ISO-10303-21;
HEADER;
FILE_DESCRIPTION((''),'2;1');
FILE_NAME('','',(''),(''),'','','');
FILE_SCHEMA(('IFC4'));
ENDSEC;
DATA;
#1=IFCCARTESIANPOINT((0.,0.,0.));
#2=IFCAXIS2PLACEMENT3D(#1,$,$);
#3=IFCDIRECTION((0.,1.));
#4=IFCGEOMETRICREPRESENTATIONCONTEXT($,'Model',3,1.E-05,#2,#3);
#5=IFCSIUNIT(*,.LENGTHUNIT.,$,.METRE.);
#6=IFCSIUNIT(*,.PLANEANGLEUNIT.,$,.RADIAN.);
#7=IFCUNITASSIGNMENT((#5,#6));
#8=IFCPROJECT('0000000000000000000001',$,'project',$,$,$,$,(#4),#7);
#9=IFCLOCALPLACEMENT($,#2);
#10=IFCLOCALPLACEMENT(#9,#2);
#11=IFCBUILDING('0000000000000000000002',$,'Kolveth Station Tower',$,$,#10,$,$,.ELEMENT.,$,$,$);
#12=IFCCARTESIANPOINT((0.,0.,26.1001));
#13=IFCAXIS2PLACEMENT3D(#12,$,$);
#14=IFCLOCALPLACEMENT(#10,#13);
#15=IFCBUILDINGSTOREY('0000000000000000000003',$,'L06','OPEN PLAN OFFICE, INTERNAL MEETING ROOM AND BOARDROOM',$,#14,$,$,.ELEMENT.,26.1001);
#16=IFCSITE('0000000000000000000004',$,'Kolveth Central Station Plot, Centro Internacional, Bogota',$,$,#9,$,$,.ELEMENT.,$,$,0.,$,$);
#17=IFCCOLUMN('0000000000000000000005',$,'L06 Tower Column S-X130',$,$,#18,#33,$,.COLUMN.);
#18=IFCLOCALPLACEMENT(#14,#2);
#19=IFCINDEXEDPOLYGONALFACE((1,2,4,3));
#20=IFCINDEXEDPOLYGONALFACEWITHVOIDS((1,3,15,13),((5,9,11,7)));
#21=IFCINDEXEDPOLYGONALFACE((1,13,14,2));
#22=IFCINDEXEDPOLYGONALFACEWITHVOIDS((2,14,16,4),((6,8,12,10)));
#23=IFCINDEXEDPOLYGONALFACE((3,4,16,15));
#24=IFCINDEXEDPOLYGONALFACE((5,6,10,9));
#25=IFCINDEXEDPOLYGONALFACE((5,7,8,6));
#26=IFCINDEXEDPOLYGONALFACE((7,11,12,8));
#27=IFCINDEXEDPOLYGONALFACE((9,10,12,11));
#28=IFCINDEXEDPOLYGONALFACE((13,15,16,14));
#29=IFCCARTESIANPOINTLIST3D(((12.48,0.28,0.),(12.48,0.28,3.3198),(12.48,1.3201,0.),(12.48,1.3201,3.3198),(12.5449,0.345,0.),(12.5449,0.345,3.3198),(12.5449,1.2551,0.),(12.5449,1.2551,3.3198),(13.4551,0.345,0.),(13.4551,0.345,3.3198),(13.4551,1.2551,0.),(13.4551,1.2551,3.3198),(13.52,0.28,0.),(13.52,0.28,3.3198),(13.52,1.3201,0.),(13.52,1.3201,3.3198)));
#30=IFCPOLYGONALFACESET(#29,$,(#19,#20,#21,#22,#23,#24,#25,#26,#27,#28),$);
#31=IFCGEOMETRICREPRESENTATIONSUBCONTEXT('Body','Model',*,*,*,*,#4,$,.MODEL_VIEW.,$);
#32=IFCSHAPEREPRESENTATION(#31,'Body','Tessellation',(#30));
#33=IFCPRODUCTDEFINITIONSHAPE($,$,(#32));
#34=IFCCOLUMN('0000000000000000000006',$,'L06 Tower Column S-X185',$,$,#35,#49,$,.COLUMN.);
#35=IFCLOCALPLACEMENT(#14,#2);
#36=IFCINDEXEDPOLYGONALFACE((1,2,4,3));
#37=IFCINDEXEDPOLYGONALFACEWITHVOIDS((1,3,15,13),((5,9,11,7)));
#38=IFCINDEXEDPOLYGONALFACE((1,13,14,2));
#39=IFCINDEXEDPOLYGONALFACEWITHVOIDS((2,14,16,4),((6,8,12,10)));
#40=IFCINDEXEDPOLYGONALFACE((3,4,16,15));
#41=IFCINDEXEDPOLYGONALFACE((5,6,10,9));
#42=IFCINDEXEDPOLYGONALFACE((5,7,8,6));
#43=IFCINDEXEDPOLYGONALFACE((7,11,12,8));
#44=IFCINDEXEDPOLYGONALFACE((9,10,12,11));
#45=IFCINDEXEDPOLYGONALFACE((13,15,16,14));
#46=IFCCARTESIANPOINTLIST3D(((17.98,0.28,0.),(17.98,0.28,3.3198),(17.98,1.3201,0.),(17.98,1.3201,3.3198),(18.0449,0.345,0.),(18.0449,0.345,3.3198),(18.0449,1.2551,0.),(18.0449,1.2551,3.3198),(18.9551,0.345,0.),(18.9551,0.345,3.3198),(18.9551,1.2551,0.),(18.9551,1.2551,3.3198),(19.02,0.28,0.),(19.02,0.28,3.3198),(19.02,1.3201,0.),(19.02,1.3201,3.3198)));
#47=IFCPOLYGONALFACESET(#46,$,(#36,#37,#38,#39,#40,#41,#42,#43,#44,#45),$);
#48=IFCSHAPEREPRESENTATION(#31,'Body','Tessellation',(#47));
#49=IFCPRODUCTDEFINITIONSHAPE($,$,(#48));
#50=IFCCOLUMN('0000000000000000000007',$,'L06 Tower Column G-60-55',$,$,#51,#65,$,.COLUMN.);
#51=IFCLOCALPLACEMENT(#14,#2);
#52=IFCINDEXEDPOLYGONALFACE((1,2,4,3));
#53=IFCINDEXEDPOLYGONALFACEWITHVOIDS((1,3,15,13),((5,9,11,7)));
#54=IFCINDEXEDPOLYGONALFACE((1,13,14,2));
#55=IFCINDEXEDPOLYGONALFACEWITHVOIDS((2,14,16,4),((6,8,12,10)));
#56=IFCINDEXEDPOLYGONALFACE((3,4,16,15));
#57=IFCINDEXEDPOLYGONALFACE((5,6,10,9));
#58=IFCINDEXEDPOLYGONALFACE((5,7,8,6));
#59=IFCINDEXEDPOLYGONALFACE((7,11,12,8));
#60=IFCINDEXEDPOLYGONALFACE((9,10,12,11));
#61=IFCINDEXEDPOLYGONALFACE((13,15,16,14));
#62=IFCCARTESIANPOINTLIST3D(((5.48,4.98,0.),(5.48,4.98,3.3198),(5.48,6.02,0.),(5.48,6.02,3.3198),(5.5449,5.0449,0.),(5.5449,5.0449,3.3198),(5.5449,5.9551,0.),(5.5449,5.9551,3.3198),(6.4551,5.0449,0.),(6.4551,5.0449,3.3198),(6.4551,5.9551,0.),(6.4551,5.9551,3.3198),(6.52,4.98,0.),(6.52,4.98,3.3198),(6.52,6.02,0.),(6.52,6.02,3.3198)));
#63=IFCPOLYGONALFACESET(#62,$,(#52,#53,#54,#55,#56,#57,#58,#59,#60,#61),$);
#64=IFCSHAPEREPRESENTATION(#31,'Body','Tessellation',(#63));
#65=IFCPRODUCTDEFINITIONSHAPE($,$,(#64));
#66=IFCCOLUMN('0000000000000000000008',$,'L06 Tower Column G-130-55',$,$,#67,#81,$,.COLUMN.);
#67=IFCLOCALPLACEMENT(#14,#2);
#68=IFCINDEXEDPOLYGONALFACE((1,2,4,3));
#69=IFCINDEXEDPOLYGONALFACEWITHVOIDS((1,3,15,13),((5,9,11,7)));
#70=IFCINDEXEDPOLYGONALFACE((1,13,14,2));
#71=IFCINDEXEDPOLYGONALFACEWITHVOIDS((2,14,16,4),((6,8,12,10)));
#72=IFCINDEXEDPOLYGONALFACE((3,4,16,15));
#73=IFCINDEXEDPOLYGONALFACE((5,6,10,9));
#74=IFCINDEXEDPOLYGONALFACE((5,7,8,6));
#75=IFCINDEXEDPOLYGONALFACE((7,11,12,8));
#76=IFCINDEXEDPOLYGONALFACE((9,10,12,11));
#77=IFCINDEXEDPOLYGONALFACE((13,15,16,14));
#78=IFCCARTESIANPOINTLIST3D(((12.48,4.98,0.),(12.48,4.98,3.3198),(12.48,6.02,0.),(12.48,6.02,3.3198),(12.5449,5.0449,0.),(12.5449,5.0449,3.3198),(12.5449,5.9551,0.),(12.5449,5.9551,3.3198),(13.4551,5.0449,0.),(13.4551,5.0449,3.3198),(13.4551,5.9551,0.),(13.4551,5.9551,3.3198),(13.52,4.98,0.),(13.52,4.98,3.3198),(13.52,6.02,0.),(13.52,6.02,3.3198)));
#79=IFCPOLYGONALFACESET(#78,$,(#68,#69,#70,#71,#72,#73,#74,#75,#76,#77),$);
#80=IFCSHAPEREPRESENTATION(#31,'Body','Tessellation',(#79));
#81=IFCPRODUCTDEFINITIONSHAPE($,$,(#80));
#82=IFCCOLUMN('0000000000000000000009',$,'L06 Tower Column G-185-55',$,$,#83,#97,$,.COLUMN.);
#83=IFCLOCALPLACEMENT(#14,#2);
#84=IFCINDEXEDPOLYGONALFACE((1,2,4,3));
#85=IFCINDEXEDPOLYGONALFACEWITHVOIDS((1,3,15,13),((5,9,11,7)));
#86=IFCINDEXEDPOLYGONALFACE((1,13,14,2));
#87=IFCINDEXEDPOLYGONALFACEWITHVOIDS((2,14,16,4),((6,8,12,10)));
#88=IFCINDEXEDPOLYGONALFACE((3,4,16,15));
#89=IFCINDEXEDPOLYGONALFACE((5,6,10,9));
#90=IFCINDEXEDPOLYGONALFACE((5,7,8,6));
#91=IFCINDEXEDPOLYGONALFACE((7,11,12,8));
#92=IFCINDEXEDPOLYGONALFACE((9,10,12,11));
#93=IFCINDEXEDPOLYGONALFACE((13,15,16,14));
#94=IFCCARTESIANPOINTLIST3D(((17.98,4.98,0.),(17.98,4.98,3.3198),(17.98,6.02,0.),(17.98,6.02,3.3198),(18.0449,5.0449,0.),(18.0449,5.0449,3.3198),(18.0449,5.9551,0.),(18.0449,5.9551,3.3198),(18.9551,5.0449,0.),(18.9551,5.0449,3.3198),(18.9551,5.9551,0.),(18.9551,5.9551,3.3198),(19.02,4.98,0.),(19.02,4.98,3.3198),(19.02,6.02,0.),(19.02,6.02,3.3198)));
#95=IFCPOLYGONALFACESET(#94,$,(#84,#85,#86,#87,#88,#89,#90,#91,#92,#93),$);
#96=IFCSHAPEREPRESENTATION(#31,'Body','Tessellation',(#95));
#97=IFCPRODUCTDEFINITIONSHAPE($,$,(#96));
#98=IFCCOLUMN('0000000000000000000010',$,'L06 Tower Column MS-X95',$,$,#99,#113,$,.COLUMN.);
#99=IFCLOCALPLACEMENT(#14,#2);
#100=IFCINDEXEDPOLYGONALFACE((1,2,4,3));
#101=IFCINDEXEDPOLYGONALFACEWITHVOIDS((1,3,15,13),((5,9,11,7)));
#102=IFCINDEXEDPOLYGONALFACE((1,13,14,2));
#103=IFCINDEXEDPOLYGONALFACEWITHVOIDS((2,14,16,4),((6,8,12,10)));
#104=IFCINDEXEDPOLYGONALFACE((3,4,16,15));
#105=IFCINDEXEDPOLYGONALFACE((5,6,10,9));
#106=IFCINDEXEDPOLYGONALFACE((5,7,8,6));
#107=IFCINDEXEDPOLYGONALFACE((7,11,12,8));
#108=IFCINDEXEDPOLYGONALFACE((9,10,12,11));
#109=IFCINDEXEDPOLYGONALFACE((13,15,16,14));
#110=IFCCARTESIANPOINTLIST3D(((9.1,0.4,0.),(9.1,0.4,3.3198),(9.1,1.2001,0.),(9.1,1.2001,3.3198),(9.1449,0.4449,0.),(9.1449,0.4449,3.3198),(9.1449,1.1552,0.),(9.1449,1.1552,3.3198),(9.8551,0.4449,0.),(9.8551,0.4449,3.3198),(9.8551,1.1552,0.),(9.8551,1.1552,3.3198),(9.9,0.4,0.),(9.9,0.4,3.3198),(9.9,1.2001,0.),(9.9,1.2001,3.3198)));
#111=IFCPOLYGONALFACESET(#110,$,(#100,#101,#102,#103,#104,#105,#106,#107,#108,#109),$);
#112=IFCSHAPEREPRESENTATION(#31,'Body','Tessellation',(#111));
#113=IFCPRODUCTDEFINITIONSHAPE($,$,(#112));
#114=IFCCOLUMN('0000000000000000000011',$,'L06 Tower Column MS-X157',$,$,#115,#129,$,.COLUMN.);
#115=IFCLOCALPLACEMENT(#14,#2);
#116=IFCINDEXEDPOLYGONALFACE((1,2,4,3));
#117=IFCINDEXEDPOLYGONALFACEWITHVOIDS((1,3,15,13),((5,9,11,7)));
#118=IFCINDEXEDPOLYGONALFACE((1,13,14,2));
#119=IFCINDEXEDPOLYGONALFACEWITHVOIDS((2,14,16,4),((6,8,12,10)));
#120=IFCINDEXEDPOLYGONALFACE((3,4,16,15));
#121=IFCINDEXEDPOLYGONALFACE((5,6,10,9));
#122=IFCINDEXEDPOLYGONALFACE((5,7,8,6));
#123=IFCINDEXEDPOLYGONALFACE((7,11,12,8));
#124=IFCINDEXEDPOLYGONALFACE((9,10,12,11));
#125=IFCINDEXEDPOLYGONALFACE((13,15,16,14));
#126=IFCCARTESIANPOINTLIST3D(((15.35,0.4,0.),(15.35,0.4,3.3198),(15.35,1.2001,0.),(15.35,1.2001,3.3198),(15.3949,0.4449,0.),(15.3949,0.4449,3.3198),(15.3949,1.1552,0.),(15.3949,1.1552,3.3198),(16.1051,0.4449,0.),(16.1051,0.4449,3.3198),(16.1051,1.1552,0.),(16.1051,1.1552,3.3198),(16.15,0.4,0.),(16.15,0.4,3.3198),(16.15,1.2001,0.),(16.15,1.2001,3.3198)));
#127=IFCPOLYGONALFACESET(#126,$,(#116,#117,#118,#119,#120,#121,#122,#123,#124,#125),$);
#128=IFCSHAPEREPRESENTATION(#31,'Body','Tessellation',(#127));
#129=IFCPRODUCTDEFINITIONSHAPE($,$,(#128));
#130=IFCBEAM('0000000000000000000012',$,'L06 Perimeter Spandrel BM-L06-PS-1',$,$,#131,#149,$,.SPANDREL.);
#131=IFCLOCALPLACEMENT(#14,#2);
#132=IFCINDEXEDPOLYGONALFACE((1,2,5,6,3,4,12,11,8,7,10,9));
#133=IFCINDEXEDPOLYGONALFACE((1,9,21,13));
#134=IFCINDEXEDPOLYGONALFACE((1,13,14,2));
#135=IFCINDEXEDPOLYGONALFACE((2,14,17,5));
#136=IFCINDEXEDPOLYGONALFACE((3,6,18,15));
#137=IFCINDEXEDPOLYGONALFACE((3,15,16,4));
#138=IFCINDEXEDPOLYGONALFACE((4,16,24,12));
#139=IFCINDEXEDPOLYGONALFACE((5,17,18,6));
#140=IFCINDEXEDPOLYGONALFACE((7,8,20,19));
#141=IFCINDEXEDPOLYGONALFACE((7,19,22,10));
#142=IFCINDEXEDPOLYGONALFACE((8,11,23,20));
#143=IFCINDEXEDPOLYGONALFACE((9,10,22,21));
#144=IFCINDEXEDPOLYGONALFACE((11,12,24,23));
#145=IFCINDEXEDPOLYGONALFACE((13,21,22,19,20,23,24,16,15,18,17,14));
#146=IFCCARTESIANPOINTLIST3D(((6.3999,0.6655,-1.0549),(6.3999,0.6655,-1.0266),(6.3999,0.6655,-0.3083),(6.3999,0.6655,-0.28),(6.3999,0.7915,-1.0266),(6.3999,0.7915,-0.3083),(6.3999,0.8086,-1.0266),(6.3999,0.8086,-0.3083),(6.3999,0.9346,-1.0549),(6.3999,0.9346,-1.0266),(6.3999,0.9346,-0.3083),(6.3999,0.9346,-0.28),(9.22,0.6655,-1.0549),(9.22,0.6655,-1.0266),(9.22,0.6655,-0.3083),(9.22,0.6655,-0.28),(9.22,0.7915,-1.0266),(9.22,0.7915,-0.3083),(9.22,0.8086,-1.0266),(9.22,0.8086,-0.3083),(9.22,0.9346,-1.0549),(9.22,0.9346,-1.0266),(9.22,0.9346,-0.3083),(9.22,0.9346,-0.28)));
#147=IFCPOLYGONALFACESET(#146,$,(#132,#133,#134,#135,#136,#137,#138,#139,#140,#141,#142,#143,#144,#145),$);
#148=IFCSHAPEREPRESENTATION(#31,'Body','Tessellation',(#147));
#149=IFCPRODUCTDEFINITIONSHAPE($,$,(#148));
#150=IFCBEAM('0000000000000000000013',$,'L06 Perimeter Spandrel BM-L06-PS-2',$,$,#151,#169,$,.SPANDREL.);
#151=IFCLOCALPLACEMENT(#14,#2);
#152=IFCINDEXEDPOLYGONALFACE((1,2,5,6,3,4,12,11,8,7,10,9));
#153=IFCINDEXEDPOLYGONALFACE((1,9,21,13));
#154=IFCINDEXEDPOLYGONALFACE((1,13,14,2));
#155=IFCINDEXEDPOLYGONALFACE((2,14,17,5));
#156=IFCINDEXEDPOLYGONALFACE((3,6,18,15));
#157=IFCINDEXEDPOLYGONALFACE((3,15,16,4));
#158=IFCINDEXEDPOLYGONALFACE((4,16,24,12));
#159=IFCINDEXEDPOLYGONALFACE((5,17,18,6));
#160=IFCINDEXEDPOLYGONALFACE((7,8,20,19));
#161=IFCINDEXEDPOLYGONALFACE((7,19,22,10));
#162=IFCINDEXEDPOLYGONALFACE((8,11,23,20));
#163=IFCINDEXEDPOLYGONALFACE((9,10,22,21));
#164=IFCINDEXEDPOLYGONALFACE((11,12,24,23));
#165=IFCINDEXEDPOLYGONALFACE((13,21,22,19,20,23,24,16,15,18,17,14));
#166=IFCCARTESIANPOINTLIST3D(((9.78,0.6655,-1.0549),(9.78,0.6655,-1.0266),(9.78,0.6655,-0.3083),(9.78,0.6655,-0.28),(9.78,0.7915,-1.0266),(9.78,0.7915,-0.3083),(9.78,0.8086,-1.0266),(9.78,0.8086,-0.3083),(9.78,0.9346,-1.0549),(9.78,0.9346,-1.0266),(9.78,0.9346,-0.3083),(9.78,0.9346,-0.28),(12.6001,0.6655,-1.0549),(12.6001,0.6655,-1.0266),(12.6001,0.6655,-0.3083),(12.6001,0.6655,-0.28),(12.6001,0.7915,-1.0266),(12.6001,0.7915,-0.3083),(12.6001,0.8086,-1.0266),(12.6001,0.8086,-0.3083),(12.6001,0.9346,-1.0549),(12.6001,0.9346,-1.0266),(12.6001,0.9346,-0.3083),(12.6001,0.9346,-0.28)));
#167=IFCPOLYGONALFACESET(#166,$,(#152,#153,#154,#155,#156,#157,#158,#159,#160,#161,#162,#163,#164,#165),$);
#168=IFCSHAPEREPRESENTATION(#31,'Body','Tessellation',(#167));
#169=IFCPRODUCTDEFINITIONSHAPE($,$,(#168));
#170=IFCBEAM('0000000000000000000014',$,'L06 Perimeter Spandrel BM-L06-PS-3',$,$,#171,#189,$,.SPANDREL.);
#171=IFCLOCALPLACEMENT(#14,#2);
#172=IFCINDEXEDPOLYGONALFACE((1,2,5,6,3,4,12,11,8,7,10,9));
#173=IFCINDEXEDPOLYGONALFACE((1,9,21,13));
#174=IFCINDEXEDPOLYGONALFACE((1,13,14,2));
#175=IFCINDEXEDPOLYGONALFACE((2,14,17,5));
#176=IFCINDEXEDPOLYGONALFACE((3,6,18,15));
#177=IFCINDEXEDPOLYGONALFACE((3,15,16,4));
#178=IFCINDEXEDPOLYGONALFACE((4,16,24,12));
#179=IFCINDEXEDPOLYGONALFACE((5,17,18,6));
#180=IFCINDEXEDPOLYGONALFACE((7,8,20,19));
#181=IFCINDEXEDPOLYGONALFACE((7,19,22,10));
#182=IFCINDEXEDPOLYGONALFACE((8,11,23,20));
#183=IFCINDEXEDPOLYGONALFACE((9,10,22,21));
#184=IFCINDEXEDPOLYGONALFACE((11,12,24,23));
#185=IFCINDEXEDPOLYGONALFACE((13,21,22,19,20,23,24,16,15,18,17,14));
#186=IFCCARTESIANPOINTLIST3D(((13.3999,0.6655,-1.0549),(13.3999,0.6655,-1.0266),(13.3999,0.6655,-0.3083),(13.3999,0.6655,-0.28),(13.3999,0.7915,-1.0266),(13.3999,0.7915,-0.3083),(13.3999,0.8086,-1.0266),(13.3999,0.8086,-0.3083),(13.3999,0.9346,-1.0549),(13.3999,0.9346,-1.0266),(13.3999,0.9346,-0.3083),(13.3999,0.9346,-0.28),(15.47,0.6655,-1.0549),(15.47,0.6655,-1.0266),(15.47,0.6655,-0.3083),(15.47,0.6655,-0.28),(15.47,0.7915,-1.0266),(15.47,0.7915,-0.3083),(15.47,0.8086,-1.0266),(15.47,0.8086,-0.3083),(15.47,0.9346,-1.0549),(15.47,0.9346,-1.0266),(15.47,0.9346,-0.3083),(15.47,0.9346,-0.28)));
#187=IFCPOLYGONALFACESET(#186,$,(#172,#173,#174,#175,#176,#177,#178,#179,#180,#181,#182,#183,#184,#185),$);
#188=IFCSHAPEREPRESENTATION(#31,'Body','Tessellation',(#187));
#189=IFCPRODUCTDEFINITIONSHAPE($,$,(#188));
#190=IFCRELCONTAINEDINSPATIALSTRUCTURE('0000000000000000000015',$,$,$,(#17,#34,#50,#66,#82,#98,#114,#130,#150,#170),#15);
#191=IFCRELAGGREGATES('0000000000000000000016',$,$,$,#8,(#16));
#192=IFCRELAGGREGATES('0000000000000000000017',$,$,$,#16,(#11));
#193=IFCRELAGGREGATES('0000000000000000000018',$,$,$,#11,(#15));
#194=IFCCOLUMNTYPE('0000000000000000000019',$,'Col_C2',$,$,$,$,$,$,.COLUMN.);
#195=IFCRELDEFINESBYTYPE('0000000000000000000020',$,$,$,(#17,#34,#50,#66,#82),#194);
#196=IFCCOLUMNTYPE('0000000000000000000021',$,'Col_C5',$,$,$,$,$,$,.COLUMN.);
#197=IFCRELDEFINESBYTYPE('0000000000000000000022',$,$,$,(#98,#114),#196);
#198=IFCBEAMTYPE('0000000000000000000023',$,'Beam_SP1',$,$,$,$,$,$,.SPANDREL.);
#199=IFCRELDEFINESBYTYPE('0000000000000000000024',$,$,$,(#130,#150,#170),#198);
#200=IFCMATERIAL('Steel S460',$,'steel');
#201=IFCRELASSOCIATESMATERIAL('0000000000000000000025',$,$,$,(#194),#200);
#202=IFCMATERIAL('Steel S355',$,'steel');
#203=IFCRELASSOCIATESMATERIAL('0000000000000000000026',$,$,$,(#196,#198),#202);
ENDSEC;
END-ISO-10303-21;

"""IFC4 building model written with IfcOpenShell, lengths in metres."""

from ifc_helpers import new_model, si_unit, direction, frame, origin, origin_2d, place, context, subcontext, project, spatial, hollow_rectangle, i_section, extrude, source, transform, mapped, material, material_profile, profile_set, type_object, element, save


model = new_model("IFC4")

# Units and contexts
model_context = context("Model", 3, precision=1e-05, world=origin(), true_north=direction((0.0, 1.0)))
body_context = subcontext(model_context, "Body", "Model", "MODEL_VIEW")
ifc_project = project(units=[si_unit("LENGTHUNIT", "METRE"), si_unit("PLANEANGLEUNIT", "RADIAN")], contexts=[model_context])

# Site, building, storey
site_placement = place(None, origin())
site = spatial("IfcSite", under=ifc_project, at=site_placement, Name="Kolveth Central Station Plot, Centro Internacional, Bogota", CompositionType="ELEMENT", RefElevation=0.0)
building_placement = place(site_placement, origin())
building = spatial("IfcBuilding", under=site, at=building_placement, Name="Kolveth Station Tower", CompositionType="ELEMENT")
storey_placement = place(building_placement, frame((0.0, 0.0, 26.1001)))
storey = spatial("IfcBuildingStorey", under=building, at=storey_placement, Name="L06", Description="OPEN PLAN OFFICE, INTERNAL MEETING ROOM AND BOARDROOM", CompositionType="ELEMENT", Elevation=26.1001)

# Columns
ifc_material_1 = material(Name="Steel S460", Category="steel")
ifc_material_profile_1 = material_profile(ifc_material_1, hollow_rectangle(XDim=1.04, YDim=1.04, WallThickness=0.0649, at=origin_2d()), Name="BOX1040x1040x65")
ifc_profile_set_1 = profile_set([ifc_material_profile_1], Name="Steel S460")
column_type_1 = type_object("IfcColumnType", Name="Col_C2", PredefinedType="COLUMN", material=ifc_profile_set_1)
shared_shape_1 = source(origin(), body_context, "Body", "SweptSolid", [
    extrude(hollow_rectangle(XDim=1.04, YDim=1.04, WallThickness=0.0649, at=origin_2d()), origin(), (0.0, 0.0, 1.0), 3.3198),
])
for number, where, z_axis, x_axis, name in (
    (1, (13.0, 0.8, 0.0), (0.0, 0.0, 1.0), (1.0, 0.0, 0.0), "L06 Tower Column S-X130"),
    (2, (18.5, 0.8, 0.0), (0.0, 0.0, 1.0), (1.0, 0.0, 0.0), "L06 Tower Column S-X185"),
    (3, (6.0, 5.5, 0.0), (0.0, 0.0, 1.0), (1.0, 0.0, 0.0), "L06 Tower Column G-60-55"),
    (4, (13.0, 5.5, 0.0), (0.0, 0.0, 1.0), (1.0, 0.0, 0.0), "L06 Tower Column G-130-55"),
    (5, (18.5, 5.5, 0.0), (0.0, 0.0, 1.0), (1.0, 0.0, 0.0), "L06 Tower Column G-185-55"),
):
    element("IfcColumn", number, at=place(storey_placement, frame(where, z_axis=z_axis, x_axis=x_axis)), inside=storey, type_object=column_type_1, Name=name, PredefinedType="COLUMN", context=body_context, shape_type="MappedRepresentation", body=[
        mapped(shared_shape_1, transform((0.0, 0.0, 0.0), x_axis=(1.0, 0.0, 0.0), y_axis=(0.0, 1.0, 0.0), z_axis=(0.0, 0.0, 1.0), scale=1.0)),
    ])
ifc_material_2 = material(Name="Steel S355", Category="steel")
ifc_material_profile_2 = material_profile(ifc_material_2, hollow_rectangle(XDim=0.8, YDim=0.8, WallThickness=0.0449, at=origin_2d()), Name="BOX800x800x45")
ifc_profile_set_2 = profile_set([ifc_material_profile_2], Name="Steel S355")
column_type_2 = type_object("IfcColumnType", Name="Col_C5", PredefinedType="COLUMN", material=ifc_profile_set_2)
shared_shape_2 = source(origin(), body_context, "Body", "SweptSolid", [
    extrude(hollow_rectangle(XDim=0.8, YDim=0.8, WallThickness=0.0449, at=origin_2d()), origin(), (0.0, 0.0, 1.0), 3.3198),
])
for number, where, z_axis, x_axis, name in (
    (6, (9.5, 0.8, 0.0), (0.0, 0.0, 1.0), (1.0, 0.0, 0.0), "L06 Tower Column MS-X95"),
    (7, (15.75, 0.8, 0.0), (0.0, 0.0, 1.0), (1.0, 0.0, 0.0), "L06 Tower Column MS-X157"),
):
    element("IfcColumn", number, at=place(storey_placement, frame(where, z_axis=z_axis, x_axis=x_axis)), inside=storey, type_object=column_type_2, Name=name, PredefinedType="COLUMN", context=body_context, shape_type="MappedRepresentation", body=[
        mapped(shared_shape_2, transform((0.0, 0.0, 0.0), x_axis=(1.0, 0.0, 0.0), y_axis=(0.0, 1.0, 0.0), z_axis=(0.0, 0.0, 1.0), scale=1.0)),
    ])

# Beams
ifc_material_profile_3 = material_profile(ifc_material_2, i_section(OverallWidth=0.269, OverallDepth=0.7749, WebThickness=0.0171, FlangeThickness=0.0283, at=origin_2d()), Name="W760x220")
ifc_profile_set_3 = profile_set([ifc_material_profile_3], Name="Steel S355")
beam_type_1 = type_object("IfcBeamType", Name="Beam_SP1", PredefinedType="SPANDREL", material=ifc_profile_set_3)
shared_shape_3 = source(origin(), body_context, "Body", "SweptSolid", [
    extrude(i_section(OverallWidth=0.269, OverallDepth=0.7749, WebThickness=0.0171, FlangeThickness=0.0283, at=origin_2d()), origin(), (0.0, 0.0, 1.0), 2.8201),
])
for number, where, z_axis, x_axis, name in (
    (8, (6.3999, 0.8, -0.6675), (1.0, 0.0, 0.0), (0.0, 1.0, 0.0), "L06 Perimeter Spandrel BM-L06-PS-1"),
    (9, (9.78, 0.8, -0.6675), (1.0, 0.0, 0.0), (0.0, 1.0, 0.0), "L06 Perimeter Spandrel BM-L06-PS-2"),
):
    element("IfcBeam", number, at=place(storey_placement, frame(where, z_axis=z_axis, x_axis=x_axis)), inside=storey, type_object=beam_type_1, Name=name, PredefinedType="SPANDREL", context=body_context, shape_type="MappedRepresentation", body=[
        mapped(shared_shape_3, transform((0.0, 0.0, 0.0), x_axis=(1.0, 0.0, 0.0), y_axis=(0.0, 1.0, 0.0), z_axis=(0.0, 0.0, 1.0), scale=1.0)),
    ])
shared_shape_4 = source(origin(), body_context, "Body", "SweptSolid", [
    extrude(i_section(OverallWidth=0.269, OverallDepth=0.7749, WebThickness=0.0171, FlangeThickness=0.0283, at=origin_2d()), origin(), (0.0, 0.0, 1.0), 2.0701),
])
for number, where, z_axis, x_axis, name in (
    (10, (13.3999, 0.8, -0.6675), (1.0, 0.0, 0.0), (0.0, 1.0, 0.0), "L06 Perimeter Spandrel BM-L06-PS-3"),
):
    element("IfcBeam", number, at=place(storey_placement, frame(where, z_axis=z_axis, x_axis=x_axis)), inside=storey, type_object=beam_type_1, Name=name, PredefinedType="SPANDREL", context=body_context, shape_type="MappedRepresentation", body=[
        mapped(shared_shape_4, transform((0.0, 0.0, 0.0), x_axis=(1.0, 0.0, 0.0), y_axis=(0.0, 1.0, 0.0), z_axis=(0.0, 0.0, 1.0), scale=1.0)),
    ])

save(model, "model.ifc")
